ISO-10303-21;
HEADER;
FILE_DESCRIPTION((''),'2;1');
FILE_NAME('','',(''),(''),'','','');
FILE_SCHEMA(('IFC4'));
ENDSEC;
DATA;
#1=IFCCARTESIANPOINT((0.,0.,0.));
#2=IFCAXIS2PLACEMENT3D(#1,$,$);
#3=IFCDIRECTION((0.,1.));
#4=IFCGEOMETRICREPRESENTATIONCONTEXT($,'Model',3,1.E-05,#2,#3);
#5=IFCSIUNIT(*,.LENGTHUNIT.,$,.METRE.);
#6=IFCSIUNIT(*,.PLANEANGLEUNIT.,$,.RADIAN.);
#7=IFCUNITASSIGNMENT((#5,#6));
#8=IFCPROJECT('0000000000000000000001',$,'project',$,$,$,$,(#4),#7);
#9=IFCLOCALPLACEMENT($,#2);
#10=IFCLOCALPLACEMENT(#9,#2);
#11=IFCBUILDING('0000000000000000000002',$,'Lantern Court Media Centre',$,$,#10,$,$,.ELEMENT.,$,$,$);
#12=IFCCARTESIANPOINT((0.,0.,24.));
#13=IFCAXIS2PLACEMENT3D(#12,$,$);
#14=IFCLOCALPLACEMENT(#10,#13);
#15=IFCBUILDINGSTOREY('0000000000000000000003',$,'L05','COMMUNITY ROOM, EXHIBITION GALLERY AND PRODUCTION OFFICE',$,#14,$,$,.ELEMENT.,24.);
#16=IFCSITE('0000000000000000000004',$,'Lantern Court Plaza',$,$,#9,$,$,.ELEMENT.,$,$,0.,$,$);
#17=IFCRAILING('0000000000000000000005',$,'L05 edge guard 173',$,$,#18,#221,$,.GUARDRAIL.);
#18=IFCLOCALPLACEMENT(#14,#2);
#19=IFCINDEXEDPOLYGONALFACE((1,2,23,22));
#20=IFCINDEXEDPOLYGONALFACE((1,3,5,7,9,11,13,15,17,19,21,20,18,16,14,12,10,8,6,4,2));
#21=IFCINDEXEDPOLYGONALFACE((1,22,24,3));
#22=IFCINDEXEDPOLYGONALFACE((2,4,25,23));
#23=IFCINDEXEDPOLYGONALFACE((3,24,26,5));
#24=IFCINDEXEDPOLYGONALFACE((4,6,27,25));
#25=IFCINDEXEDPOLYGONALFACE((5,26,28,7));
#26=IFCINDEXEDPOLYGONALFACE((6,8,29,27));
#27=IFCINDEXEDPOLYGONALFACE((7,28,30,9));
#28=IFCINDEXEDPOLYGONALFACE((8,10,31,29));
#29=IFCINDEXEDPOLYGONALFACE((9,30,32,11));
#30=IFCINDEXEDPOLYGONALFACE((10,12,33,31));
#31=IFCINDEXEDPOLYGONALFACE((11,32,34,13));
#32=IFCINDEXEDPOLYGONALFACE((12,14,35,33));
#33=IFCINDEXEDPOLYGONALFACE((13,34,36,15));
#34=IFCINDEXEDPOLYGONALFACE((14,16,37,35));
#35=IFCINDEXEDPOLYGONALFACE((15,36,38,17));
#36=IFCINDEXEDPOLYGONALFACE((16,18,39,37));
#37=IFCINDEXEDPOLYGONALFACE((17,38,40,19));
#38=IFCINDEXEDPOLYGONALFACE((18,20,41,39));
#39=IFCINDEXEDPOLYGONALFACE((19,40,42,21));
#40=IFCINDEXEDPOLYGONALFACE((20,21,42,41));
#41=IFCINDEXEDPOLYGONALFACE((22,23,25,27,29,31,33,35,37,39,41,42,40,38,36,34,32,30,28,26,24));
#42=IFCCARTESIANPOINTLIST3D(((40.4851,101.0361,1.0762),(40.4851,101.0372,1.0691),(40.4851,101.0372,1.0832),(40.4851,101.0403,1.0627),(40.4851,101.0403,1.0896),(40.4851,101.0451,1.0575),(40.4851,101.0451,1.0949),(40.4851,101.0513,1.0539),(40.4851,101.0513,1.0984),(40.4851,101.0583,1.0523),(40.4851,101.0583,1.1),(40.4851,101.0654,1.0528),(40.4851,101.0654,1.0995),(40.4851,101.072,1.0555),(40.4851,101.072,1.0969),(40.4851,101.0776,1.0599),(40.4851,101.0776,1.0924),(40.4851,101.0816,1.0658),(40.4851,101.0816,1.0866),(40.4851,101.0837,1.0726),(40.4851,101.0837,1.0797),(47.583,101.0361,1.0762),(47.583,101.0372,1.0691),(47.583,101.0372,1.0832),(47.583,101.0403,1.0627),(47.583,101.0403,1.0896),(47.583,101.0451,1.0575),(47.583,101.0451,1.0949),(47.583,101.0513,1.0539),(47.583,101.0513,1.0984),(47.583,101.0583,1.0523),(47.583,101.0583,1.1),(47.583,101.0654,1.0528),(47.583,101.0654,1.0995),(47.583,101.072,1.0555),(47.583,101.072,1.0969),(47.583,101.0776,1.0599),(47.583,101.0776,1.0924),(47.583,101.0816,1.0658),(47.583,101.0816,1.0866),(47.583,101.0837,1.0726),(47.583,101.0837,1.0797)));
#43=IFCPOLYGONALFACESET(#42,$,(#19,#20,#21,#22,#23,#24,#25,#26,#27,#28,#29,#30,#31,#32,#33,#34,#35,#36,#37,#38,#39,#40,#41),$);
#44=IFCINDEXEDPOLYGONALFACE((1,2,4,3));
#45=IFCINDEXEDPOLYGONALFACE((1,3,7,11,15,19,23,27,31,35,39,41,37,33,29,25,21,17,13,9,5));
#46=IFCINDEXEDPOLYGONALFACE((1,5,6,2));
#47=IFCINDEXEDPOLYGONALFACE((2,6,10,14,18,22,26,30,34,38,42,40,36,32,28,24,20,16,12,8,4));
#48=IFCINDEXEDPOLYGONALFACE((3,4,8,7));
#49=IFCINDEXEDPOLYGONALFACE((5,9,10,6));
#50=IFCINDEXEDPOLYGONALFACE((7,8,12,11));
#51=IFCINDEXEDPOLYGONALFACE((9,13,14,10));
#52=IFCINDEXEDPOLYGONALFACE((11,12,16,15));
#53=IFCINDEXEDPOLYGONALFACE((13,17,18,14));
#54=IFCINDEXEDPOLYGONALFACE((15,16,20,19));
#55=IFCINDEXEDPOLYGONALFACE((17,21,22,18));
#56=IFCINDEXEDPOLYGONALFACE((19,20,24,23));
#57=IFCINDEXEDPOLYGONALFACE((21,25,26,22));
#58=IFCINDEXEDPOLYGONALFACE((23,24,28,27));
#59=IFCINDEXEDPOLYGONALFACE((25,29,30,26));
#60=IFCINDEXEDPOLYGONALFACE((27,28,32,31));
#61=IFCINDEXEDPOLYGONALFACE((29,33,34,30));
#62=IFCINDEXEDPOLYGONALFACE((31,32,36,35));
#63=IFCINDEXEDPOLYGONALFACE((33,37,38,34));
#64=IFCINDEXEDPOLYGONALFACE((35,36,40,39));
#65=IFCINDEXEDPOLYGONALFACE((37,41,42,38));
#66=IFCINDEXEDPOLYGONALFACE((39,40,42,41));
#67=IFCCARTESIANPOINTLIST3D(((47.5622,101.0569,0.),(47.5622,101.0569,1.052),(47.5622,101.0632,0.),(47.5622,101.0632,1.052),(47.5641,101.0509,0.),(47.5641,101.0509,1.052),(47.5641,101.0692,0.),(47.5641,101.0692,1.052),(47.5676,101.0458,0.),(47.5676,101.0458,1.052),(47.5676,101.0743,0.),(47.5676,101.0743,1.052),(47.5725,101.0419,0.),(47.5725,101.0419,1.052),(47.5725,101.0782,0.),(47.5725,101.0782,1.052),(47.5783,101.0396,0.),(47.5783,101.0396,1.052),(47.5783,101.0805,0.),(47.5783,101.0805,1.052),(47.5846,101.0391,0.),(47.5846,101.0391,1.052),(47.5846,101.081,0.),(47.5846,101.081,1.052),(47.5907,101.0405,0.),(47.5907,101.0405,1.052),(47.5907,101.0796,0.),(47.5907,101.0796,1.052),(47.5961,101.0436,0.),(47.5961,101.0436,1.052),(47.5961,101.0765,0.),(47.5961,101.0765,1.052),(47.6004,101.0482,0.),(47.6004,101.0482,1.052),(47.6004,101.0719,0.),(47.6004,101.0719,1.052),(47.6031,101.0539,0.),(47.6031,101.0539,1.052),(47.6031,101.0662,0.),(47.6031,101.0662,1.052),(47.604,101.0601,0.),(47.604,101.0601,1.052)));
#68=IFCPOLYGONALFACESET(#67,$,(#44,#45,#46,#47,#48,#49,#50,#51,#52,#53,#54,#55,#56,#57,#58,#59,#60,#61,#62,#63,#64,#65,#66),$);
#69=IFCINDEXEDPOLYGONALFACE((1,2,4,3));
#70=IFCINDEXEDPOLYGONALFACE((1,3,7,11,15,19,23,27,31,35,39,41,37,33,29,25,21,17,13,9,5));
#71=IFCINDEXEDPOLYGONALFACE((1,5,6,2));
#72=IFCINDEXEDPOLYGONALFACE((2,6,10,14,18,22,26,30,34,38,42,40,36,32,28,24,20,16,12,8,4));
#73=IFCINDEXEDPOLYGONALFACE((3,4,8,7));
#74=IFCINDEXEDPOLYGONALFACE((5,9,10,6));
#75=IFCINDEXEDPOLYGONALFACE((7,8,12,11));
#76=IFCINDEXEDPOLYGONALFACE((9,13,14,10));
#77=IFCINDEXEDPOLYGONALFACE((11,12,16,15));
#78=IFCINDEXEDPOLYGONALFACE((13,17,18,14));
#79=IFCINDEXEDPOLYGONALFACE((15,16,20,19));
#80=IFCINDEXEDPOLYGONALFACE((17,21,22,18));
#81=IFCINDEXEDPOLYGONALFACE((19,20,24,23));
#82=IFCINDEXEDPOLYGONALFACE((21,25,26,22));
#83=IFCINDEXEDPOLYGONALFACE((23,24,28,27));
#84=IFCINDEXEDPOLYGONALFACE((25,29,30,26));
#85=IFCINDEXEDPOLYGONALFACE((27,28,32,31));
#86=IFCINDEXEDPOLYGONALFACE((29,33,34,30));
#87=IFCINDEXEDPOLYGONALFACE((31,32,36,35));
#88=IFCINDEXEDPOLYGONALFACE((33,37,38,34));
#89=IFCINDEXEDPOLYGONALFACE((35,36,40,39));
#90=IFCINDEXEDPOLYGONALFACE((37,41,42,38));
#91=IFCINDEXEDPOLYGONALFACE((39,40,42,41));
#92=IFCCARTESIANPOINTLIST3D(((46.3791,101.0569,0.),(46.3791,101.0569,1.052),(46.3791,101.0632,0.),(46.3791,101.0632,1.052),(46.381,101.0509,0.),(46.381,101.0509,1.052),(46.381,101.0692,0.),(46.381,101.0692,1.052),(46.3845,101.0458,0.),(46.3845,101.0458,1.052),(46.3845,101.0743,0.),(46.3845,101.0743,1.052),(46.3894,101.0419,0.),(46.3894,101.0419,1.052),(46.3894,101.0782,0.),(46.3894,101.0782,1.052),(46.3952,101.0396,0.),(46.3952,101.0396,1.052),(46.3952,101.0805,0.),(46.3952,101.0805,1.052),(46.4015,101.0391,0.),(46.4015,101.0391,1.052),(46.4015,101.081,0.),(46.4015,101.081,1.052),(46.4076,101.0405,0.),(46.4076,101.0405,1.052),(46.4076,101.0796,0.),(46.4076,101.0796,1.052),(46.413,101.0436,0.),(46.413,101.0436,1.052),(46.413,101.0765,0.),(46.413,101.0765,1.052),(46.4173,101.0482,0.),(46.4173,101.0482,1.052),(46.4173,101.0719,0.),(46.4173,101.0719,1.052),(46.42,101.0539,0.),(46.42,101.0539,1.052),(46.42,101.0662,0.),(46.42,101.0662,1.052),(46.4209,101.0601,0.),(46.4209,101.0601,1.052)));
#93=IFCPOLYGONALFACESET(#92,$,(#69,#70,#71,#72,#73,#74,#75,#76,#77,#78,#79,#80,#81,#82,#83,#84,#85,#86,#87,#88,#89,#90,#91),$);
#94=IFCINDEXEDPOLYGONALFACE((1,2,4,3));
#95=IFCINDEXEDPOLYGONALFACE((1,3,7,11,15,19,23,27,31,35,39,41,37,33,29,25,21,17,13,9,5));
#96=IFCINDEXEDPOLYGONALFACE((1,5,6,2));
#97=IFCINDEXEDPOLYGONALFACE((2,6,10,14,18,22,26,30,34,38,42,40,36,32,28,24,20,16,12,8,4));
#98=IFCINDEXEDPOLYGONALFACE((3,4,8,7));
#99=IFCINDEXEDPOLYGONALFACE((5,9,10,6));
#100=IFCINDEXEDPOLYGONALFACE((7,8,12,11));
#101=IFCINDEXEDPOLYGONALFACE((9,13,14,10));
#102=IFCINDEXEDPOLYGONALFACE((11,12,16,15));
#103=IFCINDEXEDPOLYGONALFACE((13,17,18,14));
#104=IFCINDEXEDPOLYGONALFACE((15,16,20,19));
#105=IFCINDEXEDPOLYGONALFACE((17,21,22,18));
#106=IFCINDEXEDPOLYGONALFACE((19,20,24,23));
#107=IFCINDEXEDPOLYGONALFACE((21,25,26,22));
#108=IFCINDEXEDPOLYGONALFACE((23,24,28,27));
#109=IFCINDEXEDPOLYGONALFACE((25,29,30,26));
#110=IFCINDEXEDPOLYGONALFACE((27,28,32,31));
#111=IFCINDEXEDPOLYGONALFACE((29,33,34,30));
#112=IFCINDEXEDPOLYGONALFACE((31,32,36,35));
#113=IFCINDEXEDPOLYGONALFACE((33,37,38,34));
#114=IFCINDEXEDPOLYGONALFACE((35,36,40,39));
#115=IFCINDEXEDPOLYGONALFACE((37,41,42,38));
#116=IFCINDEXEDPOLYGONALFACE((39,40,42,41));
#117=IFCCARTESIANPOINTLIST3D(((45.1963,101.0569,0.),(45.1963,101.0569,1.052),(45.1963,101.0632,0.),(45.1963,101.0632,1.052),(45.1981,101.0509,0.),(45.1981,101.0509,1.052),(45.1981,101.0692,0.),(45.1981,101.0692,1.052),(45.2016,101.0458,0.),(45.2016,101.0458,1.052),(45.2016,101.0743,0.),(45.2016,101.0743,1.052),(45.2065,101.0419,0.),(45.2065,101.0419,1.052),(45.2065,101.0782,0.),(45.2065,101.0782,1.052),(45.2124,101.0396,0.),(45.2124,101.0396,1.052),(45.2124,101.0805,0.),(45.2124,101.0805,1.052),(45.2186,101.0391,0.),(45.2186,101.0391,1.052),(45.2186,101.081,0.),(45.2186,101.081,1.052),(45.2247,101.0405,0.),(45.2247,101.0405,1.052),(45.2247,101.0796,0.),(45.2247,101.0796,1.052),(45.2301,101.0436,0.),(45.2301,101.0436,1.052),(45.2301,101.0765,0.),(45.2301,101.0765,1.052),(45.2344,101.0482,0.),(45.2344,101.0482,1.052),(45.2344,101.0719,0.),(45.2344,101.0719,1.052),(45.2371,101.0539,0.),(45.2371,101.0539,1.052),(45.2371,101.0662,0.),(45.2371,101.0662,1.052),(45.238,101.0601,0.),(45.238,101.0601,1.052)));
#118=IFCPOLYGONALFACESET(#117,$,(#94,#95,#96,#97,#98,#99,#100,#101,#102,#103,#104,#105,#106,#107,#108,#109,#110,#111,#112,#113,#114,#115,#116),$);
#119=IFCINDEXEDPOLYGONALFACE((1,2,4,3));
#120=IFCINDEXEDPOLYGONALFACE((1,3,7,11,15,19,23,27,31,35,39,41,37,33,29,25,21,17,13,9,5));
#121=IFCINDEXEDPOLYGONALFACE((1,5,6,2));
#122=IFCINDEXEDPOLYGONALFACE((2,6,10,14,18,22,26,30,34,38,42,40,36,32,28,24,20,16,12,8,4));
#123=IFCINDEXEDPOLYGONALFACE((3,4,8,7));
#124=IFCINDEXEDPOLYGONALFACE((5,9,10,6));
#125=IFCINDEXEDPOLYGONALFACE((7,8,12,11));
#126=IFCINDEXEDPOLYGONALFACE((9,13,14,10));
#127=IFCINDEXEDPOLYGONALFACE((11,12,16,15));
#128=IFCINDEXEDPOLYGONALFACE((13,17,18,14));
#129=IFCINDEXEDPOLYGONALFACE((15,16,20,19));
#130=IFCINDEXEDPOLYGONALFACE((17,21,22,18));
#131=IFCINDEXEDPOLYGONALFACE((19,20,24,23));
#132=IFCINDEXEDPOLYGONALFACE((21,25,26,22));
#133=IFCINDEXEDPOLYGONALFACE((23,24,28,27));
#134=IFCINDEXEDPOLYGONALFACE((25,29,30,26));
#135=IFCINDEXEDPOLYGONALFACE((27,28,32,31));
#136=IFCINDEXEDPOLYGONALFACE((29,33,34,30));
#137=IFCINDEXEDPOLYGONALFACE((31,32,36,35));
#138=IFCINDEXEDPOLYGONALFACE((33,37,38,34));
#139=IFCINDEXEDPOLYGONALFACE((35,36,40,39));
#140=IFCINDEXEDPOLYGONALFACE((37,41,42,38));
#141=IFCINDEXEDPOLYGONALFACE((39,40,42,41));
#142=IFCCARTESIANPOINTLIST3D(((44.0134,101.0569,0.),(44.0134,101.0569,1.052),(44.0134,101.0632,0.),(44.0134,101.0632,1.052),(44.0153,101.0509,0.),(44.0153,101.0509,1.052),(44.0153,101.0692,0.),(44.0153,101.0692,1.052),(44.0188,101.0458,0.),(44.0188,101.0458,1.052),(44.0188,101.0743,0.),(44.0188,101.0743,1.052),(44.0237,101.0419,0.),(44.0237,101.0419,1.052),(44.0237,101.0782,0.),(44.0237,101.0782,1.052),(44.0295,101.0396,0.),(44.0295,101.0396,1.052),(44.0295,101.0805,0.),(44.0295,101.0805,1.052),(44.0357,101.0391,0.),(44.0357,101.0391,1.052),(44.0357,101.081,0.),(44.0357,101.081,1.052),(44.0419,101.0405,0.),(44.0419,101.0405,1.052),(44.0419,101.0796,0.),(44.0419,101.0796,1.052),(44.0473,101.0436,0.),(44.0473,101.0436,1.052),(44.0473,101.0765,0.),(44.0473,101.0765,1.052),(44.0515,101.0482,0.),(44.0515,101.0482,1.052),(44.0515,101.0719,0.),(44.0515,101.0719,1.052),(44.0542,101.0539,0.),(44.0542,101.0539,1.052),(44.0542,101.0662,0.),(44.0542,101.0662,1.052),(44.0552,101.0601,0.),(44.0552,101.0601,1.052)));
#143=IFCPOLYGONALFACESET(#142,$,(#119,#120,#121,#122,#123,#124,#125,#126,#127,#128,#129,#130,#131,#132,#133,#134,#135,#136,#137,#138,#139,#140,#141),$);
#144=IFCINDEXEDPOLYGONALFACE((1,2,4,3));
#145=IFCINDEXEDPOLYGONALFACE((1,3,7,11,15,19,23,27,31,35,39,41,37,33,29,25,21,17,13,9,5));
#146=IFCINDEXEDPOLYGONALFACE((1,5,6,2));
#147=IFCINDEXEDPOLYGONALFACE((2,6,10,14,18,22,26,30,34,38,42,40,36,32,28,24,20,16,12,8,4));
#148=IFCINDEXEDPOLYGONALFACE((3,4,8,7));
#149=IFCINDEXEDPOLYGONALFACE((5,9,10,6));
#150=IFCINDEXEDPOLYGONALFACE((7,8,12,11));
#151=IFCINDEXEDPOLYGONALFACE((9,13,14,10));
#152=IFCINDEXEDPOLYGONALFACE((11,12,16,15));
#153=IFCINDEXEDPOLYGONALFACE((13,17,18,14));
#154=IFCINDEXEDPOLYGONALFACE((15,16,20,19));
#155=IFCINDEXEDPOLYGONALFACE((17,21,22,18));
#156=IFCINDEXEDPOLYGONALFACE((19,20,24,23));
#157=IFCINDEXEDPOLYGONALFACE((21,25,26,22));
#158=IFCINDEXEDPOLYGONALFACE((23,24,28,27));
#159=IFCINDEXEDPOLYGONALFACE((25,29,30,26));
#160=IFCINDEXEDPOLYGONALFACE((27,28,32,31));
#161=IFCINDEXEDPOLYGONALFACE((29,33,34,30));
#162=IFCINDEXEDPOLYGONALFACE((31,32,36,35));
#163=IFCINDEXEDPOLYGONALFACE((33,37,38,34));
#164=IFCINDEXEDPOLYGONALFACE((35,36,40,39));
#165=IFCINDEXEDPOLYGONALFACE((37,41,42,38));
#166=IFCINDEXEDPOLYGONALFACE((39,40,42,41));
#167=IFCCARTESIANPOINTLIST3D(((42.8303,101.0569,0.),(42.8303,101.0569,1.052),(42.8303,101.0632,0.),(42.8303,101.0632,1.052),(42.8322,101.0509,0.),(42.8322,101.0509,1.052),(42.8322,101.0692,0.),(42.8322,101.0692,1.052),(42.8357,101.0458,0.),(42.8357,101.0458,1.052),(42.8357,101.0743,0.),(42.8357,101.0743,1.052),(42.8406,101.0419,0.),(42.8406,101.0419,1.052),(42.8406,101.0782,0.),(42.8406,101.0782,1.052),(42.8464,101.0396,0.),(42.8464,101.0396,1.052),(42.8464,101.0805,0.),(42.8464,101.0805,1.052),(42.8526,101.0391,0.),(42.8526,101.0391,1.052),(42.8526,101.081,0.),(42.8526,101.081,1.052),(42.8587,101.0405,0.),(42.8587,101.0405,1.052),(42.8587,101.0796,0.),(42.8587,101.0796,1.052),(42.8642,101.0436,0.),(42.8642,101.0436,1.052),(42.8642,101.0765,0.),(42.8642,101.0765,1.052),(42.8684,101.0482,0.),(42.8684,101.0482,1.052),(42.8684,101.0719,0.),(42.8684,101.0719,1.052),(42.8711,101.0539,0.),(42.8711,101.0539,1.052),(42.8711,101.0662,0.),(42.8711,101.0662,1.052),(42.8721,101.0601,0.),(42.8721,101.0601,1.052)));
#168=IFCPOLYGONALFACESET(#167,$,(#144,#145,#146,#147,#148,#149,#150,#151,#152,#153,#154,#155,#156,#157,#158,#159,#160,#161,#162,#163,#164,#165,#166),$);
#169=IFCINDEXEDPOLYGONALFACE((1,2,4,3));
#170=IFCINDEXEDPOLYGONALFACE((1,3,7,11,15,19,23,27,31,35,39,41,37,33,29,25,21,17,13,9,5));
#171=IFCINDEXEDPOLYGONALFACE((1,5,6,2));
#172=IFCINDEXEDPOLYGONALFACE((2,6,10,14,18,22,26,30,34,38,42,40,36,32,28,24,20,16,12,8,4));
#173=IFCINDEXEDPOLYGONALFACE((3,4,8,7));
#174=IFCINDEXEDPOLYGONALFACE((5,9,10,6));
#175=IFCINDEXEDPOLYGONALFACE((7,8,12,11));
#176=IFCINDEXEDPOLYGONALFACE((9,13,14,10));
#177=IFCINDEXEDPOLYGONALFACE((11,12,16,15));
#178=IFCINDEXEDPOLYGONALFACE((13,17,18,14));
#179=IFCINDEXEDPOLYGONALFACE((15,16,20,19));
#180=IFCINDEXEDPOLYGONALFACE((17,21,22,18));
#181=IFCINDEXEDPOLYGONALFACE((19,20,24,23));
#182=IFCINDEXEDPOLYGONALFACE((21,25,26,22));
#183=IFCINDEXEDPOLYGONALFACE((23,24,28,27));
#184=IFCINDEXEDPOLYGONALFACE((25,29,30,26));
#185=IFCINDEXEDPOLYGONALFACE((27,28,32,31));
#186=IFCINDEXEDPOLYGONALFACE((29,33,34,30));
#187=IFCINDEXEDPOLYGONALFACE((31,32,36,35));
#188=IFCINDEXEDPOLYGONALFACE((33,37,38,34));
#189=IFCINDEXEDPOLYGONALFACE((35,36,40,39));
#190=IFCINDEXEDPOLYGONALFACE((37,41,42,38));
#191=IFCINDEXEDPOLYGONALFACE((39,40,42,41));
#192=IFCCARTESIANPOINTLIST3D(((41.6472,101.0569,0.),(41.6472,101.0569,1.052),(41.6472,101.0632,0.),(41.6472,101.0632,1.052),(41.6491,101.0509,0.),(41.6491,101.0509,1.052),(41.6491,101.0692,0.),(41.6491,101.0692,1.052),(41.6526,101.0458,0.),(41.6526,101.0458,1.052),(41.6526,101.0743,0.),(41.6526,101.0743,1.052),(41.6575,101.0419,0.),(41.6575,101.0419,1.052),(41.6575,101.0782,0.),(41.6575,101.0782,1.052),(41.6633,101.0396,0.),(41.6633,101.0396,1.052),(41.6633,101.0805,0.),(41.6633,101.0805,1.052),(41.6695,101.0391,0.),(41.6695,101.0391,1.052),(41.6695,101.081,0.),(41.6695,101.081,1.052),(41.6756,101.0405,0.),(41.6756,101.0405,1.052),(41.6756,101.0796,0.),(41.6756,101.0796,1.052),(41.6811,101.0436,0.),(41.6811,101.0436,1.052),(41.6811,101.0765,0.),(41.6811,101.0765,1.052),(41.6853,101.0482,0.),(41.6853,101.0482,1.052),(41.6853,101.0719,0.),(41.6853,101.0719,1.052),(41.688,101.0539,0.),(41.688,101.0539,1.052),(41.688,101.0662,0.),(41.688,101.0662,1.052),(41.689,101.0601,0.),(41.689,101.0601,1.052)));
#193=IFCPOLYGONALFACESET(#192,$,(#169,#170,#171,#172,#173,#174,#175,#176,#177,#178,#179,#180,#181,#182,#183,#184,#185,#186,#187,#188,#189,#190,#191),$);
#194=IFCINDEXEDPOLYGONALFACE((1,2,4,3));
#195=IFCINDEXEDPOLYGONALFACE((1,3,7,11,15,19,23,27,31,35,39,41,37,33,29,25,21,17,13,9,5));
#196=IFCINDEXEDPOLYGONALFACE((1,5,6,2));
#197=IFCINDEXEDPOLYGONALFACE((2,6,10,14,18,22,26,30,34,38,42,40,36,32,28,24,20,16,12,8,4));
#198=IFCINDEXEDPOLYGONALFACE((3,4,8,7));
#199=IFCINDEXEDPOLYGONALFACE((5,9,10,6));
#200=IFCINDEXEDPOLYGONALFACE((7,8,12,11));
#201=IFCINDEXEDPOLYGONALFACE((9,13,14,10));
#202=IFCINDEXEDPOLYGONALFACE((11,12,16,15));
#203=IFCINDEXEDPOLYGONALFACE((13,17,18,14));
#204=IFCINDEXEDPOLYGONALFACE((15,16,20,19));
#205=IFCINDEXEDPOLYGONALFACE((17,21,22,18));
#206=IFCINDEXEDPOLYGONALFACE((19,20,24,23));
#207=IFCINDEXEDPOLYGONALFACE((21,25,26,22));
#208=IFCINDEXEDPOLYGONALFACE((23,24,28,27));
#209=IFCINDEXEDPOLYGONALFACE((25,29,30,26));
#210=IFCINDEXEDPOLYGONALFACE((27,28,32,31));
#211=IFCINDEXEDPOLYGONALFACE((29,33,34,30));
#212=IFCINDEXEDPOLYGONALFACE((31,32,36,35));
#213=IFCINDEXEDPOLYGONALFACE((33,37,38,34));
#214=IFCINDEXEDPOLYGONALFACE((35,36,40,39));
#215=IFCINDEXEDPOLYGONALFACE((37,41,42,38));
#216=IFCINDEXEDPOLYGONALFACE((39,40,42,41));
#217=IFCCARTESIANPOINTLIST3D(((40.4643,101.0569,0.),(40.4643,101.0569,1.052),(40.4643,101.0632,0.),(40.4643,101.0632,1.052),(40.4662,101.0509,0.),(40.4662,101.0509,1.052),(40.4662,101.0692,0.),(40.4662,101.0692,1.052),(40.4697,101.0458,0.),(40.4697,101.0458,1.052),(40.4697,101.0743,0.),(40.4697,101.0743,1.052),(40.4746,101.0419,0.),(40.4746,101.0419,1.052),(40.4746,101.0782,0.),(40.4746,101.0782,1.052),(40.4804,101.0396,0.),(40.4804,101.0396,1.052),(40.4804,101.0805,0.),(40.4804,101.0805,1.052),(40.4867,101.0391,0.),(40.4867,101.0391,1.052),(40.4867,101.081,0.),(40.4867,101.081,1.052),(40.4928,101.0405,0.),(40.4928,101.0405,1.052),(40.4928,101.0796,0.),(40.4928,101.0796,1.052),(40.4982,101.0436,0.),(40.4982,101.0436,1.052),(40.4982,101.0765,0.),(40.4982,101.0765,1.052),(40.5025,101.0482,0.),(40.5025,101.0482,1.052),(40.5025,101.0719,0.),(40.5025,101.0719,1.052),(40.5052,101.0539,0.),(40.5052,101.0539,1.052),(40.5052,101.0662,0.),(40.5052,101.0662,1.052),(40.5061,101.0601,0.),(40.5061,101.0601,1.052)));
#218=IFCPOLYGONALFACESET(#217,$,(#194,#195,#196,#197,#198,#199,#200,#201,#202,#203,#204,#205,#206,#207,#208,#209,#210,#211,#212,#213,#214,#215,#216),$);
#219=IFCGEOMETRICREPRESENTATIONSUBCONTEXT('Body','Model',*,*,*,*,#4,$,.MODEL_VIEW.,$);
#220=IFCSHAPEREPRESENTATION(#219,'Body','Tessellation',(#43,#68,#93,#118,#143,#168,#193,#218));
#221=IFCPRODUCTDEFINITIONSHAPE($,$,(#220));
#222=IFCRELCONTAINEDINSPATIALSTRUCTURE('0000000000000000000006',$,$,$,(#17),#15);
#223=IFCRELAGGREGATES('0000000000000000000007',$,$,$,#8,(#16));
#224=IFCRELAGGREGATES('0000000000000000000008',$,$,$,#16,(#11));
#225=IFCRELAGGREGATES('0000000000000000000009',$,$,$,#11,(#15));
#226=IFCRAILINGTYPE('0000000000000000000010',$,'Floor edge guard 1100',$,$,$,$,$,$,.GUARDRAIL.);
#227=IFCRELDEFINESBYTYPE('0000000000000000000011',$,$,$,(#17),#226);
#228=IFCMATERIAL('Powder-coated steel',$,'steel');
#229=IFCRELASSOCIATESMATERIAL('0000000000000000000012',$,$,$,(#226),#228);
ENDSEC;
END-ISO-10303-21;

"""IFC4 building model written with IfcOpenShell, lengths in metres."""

from ifc_helpers import new_model, si_unit, direction, frame, origin, origin_2d, place, context, subcontext, project, spatial, circle, extrude, material, type_object, element, save


model = new_model("IFC4")

# Units and contexts
model_context = context("Model", 3, precision=1e-05, world=origin(), true_north=direction((0.0, 1.0)))
body_context = subcontext(model_context, "Body", "Model", "MODEL_VIEW")
ifc_project = project(units=[si_unit("LENGTHUNIT", "METRE"), si_unit("PLANEANGLEUNIT", "RADIAN")], contexts=[model_context])

# Site, building, storey
site_placement = place(None, origin())
site = spatial("IfcSite", under=ifc_project, at=site_placement, Name="Lantern Court Plaza", CompositionType="ELEMENT", RefElevation=0.0)
building_placement = place(site_placement, origin())
building = spatial("IfcBuilding", under=site, at=building_placement, Name="Lantern Court Media Centre", CompositionType="ELEMENT")
storey_placement = place(building_placement, frame((0.0, 0.0, 24.0)))
storey = spatial("IfcBuildingStorey", under=building, at=storey_placement, Name="L05", Description="COMMUNITY ROOM, EXHIBITION GALLERY AND PRODUCTION OFFICE", CompositionType="ELEMENT", Elevation=24.0)

# Railing
ifc_material_1 = material(Name="Powder-coated steel", Category="steel")
railing_type = type_object("IfcRailingType", Name="Floor edge guard 1100", PredefinedType="GUARDRAIL", material=ifc_material_1)
railing_placement = place(storey_placement, frame((47.583, 101.0601, 0.0)))
element("IfcRailing", 1, at=railing_placement, inside=storey, type_object=railing_type, Name="L05 edge guard 173", PredefinedType="GUARDRAIL", context=body_context, shape_type="SweptSolid", body=[
    extrude(circle(Radius=0.0239, at=origin_2d()), frame((0.0, 0.0, 1.0762), z_axis=(-1.0, 0.0, 0.0), x_axis=(0.0, -1.0, 0.0)), (0.0, 0.0, 1.0), 7.0979),
    extrude(circle(Radius=0.021, at=origin_2d()), origin(), (0.0, 0.0, 1.0), 1.052),
    extrude(circle(Radius=0.021, at=origin_2d()), frame((-1.1831, 0.0, 0.0)), (0.0, 0.0, 1.0), 1.052),
    extrude(circle(Radius=0.021, at=origin_2d()), frame((-2.366, 0.0, 0.0)), (0.0, 0.0, 1.0), 1.052),
    extrude(circle(Radius=0.021, at=origin_2d()), frame((-3.5488, 0.0, 0.0)), (0.0, 0.0, 1.0), 1.052),
    extrude(circle(Radius=0.021, at=origin_2d()), frame((-4.7319, 0.0, 0.0)), (0.0, 0.0, 1.0), 1.052),
    extrude(circle(Radius=0.021, at=origin_2d()), frame((-5.915, 0.0, 0.0)), (0.0, 0.0, 1.0), 1.052),
    extrude(circle(Radius=0.021, at=origin_2d()), frame((-7.0979, 0.0, 0.0)), (0.0, 0.0, 1.0), 1.052),
])

save(model, "model.ifc")
